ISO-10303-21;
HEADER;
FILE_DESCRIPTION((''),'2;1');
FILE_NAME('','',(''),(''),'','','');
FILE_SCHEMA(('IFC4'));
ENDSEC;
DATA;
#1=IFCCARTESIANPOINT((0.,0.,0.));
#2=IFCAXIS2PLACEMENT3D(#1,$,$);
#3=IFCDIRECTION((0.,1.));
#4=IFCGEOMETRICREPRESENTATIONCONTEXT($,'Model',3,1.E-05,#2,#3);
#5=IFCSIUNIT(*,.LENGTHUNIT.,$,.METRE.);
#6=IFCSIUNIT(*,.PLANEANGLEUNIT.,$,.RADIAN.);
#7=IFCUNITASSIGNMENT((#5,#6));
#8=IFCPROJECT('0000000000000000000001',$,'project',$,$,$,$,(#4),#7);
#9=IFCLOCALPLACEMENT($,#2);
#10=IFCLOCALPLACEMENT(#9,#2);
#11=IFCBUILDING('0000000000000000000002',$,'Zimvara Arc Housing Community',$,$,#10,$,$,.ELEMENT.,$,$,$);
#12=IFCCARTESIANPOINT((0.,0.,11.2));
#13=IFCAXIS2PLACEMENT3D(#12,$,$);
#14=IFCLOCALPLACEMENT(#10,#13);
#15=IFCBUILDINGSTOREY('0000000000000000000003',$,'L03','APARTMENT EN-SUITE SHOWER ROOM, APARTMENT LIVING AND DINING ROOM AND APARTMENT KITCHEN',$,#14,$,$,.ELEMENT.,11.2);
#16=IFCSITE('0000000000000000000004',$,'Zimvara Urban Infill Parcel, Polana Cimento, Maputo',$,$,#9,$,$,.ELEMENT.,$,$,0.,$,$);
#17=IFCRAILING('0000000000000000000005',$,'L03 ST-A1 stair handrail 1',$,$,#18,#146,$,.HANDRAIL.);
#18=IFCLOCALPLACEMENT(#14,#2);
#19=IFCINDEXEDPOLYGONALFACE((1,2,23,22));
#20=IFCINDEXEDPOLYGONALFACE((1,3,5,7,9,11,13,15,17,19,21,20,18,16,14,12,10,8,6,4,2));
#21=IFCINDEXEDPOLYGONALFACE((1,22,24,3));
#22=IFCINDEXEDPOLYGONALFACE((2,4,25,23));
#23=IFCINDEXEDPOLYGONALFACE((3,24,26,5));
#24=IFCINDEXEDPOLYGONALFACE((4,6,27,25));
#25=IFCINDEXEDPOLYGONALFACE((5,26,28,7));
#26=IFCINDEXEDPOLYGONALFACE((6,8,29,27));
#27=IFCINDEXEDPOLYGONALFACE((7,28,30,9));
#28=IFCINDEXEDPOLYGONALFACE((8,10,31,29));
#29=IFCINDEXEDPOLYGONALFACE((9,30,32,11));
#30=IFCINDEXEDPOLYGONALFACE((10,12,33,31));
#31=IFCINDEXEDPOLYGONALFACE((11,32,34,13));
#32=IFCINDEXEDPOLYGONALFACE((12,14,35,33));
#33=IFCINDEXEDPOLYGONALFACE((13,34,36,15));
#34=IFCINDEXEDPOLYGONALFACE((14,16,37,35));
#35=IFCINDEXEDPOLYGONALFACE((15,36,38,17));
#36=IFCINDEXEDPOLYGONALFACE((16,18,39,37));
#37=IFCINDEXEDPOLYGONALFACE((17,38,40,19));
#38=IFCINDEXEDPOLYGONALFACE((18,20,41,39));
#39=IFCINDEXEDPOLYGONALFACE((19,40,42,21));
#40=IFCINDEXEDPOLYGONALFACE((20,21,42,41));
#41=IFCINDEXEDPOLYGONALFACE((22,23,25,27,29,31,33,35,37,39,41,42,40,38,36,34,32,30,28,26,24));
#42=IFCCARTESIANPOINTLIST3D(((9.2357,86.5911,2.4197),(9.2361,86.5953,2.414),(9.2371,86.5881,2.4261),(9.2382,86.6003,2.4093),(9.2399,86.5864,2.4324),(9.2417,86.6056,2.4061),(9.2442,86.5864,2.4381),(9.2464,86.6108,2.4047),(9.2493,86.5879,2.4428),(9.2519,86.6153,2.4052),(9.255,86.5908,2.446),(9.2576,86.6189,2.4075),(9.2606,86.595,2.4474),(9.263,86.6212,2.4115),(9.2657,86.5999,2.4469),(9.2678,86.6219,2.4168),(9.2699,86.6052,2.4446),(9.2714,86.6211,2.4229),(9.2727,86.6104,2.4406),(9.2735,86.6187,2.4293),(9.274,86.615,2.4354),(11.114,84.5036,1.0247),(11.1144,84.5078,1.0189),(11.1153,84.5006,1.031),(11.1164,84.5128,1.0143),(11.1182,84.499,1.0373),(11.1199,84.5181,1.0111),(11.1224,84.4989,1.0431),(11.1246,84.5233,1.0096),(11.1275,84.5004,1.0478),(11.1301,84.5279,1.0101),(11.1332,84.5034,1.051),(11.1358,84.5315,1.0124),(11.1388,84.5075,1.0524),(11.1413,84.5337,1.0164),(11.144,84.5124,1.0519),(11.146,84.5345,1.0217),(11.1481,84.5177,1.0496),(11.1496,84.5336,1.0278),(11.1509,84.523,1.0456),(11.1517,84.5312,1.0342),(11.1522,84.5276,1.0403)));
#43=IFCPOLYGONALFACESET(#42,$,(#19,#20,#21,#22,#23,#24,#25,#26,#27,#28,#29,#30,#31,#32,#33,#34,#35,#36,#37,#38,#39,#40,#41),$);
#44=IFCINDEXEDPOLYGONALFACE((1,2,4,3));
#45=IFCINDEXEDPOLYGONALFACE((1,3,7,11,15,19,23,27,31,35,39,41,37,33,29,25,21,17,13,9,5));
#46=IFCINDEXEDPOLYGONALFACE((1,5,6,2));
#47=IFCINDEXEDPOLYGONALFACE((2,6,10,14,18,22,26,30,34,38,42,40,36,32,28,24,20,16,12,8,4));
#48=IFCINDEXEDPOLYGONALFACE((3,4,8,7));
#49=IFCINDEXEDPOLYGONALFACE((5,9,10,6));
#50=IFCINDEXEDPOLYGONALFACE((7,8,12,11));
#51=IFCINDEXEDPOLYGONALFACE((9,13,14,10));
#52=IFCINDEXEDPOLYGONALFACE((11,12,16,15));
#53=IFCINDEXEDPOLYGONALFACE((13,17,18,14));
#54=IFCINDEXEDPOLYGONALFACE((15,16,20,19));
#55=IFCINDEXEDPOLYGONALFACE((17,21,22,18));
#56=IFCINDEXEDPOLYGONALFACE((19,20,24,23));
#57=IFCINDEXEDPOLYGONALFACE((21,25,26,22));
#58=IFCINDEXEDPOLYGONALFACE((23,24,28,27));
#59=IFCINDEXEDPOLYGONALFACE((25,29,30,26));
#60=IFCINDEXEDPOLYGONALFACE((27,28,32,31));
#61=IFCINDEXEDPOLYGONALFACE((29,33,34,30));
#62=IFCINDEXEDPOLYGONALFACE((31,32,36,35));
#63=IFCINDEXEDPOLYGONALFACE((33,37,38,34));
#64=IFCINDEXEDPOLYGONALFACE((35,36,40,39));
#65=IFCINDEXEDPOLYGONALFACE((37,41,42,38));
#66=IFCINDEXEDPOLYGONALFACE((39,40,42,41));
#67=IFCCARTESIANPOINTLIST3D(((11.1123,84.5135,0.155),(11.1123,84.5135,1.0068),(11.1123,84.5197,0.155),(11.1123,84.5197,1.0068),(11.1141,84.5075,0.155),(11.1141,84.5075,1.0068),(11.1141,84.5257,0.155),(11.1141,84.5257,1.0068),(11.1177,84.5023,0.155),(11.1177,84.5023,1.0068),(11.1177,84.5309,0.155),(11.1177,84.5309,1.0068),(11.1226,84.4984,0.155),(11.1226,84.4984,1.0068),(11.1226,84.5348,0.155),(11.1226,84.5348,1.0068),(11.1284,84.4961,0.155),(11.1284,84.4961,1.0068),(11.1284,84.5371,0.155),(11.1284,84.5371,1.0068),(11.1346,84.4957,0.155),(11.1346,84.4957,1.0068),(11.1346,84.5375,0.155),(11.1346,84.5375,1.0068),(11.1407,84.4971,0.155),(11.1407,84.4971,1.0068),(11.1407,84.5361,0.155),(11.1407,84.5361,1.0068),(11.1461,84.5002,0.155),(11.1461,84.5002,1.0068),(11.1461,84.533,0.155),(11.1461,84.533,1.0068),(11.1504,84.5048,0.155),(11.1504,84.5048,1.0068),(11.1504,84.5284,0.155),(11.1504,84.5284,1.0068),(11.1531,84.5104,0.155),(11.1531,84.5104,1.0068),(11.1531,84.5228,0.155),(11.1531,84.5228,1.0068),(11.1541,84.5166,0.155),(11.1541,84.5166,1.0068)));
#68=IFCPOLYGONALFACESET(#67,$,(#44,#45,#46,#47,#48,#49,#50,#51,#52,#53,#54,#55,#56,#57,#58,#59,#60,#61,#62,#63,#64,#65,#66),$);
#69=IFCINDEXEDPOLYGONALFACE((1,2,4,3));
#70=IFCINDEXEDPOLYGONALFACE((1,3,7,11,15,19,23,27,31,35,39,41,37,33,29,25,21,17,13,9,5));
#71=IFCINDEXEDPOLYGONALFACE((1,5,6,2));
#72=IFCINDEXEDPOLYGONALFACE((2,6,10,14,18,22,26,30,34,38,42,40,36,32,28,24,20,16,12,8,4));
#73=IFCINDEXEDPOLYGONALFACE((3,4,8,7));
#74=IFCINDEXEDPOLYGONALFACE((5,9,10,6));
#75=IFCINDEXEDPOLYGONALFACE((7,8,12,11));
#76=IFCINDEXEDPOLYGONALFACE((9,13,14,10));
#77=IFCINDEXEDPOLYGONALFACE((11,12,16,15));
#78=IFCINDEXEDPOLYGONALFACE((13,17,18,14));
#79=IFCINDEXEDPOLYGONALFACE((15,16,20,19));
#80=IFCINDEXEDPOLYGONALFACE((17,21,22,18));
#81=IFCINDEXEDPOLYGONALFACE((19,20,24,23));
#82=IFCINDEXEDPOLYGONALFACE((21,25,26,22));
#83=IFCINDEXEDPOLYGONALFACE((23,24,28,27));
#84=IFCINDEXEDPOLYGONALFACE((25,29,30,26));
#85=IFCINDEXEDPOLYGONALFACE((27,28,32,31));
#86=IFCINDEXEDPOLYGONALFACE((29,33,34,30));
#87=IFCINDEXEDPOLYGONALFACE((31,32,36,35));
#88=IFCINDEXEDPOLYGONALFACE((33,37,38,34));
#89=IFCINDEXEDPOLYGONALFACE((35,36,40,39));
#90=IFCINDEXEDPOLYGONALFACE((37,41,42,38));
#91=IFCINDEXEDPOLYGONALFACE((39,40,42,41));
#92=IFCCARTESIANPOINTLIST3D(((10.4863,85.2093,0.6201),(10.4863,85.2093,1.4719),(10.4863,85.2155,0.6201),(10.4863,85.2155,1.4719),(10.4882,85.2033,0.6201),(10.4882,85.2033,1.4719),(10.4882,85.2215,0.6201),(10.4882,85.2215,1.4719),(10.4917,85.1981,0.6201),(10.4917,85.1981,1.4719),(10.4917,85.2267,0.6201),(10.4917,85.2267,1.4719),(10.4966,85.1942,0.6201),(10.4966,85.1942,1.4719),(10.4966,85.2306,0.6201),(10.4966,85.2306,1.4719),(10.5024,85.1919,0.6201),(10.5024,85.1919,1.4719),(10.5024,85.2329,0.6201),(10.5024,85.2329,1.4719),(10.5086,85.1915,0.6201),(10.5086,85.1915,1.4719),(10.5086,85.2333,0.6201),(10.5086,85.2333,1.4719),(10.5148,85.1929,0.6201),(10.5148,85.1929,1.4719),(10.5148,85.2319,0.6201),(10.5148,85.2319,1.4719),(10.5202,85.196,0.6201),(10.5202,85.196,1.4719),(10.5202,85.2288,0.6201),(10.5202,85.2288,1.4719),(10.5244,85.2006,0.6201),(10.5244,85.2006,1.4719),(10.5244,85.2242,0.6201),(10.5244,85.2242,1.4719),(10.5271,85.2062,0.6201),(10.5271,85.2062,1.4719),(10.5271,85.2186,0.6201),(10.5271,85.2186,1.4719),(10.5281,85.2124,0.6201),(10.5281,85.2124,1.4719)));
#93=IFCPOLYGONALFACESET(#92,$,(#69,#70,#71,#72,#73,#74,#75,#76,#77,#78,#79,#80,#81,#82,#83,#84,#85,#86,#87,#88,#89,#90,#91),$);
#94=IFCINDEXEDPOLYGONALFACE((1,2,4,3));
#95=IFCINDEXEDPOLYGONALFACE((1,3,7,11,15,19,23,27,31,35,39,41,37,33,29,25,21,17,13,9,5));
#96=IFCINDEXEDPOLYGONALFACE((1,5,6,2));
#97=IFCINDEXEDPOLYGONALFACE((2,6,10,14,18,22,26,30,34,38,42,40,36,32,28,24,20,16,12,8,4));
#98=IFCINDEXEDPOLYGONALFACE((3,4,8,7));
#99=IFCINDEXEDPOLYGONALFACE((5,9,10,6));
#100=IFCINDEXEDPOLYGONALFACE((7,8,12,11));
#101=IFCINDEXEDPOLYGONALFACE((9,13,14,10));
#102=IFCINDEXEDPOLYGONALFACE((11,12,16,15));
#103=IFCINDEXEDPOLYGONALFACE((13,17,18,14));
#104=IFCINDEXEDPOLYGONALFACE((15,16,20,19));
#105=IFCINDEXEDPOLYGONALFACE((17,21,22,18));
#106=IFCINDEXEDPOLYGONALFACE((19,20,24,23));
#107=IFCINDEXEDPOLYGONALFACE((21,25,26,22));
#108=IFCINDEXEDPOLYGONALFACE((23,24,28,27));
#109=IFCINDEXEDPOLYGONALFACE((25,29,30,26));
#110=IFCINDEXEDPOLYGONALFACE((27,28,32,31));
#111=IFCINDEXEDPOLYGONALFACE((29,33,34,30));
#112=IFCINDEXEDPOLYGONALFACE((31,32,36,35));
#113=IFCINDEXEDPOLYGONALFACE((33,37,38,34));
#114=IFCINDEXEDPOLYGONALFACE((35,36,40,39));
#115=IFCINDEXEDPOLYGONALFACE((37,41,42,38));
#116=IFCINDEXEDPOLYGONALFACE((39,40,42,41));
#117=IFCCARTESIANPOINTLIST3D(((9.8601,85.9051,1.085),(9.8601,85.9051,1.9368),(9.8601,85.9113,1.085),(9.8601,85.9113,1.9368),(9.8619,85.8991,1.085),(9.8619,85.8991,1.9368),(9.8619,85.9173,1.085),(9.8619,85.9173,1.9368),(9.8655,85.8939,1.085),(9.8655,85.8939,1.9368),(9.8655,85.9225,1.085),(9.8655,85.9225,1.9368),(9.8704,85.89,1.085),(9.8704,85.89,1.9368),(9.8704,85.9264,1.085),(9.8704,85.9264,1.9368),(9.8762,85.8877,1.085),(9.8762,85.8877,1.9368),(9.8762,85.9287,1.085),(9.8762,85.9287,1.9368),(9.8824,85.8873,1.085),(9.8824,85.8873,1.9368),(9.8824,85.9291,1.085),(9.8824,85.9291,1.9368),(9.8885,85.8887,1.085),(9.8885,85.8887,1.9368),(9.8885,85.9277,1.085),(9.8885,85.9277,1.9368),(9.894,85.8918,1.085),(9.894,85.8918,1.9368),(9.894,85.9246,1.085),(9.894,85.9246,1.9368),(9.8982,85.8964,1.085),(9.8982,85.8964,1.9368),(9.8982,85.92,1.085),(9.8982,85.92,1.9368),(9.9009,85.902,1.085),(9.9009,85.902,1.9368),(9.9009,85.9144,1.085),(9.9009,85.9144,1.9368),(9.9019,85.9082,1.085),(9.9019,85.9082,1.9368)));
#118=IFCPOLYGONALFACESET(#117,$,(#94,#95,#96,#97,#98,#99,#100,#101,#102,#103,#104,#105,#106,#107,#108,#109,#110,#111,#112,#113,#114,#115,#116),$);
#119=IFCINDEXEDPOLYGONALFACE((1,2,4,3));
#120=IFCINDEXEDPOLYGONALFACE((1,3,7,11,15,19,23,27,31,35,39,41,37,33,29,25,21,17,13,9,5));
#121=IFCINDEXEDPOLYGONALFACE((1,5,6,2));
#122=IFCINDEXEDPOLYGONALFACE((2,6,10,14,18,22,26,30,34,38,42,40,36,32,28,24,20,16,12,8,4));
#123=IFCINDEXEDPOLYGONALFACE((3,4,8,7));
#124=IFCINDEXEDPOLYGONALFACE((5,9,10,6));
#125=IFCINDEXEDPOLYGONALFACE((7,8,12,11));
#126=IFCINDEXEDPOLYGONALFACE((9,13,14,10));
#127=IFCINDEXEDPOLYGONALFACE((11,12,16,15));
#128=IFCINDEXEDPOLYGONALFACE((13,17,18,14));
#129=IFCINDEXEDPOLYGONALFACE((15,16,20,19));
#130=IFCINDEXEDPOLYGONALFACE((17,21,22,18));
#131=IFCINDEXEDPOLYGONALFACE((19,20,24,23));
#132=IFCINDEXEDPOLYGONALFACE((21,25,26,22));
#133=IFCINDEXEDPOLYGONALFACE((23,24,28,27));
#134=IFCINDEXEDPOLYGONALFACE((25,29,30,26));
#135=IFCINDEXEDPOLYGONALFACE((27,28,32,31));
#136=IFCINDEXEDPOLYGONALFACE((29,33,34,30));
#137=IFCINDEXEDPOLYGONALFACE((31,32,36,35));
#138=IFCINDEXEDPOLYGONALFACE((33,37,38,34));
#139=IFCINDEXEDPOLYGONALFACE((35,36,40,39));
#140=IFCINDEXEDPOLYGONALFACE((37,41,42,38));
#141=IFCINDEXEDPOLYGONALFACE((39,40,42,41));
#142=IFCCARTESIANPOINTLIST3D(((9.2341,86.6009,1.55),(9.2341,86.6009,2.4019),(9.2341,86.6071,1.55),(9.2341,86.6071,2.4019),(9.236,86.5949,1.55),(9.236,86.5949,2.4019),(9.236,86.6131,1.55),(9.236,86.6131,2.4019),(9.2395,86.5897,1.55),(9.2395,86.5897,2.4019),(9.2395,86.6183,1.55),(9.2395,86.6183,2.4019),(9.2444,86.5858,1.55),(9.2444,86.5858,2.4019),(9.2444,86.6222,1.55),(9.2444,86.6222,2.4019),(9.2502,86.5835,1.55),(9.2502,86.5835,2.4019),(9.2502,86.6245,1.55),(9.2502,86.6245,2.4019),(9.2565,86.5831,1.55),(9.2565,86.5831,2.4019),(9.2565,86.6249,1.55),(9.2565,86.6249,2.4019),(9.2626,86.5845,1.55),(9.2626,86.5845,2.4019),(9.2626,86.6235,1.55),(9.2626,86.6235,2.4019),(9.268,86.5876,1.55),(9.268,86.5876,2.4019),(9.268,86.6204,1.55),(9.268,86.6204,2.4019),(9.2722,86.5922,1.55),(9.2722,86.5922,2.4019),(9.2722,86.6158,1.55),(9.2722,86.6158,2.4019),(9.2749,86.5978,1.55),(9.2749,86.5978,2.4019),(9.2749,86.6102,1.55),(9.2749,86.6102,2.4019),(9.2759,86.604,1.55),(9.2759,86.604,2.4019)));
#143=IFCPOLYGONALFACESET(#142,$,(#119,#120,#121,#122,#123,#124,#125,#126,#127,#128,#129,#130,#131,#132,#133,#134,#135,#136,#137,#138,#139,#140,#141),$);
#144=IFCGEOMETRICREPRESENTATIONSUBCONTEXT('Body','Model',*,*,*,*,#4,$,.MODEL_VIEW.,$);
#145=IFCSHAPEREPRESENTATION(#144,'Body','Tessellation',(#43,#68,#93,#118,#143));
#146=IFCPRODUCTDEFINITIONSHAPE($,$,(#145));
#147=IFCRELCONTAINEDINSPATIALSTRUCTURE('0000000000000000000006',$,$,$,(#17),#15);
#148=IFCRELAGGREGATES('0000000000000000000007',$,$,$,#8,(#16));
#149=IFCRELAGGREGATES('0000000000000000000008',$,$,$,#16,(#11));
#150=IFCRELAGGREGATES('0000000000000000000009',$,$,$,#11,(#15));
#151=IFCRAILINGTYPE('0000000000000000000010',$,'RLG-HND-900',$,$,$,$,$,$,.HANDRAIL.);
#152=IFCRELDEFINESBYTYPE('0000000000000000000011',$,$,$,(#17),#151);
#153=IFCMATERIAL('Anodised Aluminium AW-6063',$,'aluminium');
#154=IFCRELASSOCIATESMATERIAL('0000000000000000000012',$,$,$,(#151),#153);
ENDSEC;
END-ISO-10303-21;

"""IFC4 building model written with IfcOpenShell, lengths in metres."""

from ifc_helpers import new_model, si_unit, direction, frame, origin, origin_2d, place, context, subcontext, project, spatial, circle, extrude, material, type_object, element, save


model = new_model("IFC4")

# Units and contexts
model_context = context("Model", 3, precision=1e-05, world=origin(), true_north=direction((0.0, 1.0)))
body_context = subcontext(model_context, "Body", "Model", "MODEL_VIEW")
ifc_project = project(units=[si_unit("LENGTHUNIT", "METRE"), si_unit("PLANEANGLEUNIT", "RADIAN")], contexts=[model_context])

# Site, building, storey
site_placement = place(None, origin())
site = spatial("IfcSite", under=ifc_project, at=site_placement, Name="Zimvara Urban Infill Parcel, Polana Cimento, Maputo", CompositionType="ELEMENT", RefElevation=0.0)
building_placement = place(site_placement, origin())
building = spatial("IfcBuilding", under=site, at=building_placement, Name="Zimvara Arc Housing Community", CompositionType="ELEMENT")
storey_placement = place(building_placement, frame((0.0, 0.0, 11.2)))
storey = spatial("IfcBuildingStorey", under=building, at=storey_placement, Name="L03", Description="APARTMENT EN-SUITE SHOWER ROOM, APARTMENT LIVING AND DINING ROOM AND APARTMENT KITCHEN", CompositionType="ELEMENT", Elevation=11.2)

# Railing
ifc_material_1 = material(Name="Anodised Aluminium AW-6063", Category="aluminium")
railing_type_1 = type_object("IfcRailingType", Name="RLG-HND-900", PredefinedType="HANDRAIL", material=ifc_material_1)
railing_1_placement = place(storey_placement, frame((11.1331, 84.5166, 0.155)))
element("IfcRailing", 1, at=railing_1_placement, inside=storey, type_object=railing_type_1, Name="L03 ST-A1 stair handrail 1", PredefinedType="HANDRAIL", context=body_context, shape_type="SweptSolid", body=[
    extrude(circle(Radius=0.0239, at=origin_2d()), frame((0.0, 0.0, 0.876), z_axis=(-0.599018, 0.665749, 0.444923), x_axis=(-0.743381, -0.668869, 0.0)), (0.0, 0.0, 1.0), 3.1355),
    extrude(circle(Radius=0.021, at=origin_2d()), origin(), (0.0, 0.0, 1.0), 0.8518),
    extrude(circle(Radius=0.021, at=origin_2d()), frame((-0.626, 0.6958, 0.4651)), (0.0, 0.0, 1.0), 0.8518),
    extrude(circle(Radius=0.021, at=origin_2d()), frame((-1.2522, 1.3916, 0.9299)), (0.0, 0.0, 1.0), 0.8518),
    extrude(circle(Radius=0.021, at=origin_2d()), frame((-1.8782, 2.0874, 1.395)), (0.0, 0.0, 1.0), 0.8518),
])

save(model, "model.ifc")
